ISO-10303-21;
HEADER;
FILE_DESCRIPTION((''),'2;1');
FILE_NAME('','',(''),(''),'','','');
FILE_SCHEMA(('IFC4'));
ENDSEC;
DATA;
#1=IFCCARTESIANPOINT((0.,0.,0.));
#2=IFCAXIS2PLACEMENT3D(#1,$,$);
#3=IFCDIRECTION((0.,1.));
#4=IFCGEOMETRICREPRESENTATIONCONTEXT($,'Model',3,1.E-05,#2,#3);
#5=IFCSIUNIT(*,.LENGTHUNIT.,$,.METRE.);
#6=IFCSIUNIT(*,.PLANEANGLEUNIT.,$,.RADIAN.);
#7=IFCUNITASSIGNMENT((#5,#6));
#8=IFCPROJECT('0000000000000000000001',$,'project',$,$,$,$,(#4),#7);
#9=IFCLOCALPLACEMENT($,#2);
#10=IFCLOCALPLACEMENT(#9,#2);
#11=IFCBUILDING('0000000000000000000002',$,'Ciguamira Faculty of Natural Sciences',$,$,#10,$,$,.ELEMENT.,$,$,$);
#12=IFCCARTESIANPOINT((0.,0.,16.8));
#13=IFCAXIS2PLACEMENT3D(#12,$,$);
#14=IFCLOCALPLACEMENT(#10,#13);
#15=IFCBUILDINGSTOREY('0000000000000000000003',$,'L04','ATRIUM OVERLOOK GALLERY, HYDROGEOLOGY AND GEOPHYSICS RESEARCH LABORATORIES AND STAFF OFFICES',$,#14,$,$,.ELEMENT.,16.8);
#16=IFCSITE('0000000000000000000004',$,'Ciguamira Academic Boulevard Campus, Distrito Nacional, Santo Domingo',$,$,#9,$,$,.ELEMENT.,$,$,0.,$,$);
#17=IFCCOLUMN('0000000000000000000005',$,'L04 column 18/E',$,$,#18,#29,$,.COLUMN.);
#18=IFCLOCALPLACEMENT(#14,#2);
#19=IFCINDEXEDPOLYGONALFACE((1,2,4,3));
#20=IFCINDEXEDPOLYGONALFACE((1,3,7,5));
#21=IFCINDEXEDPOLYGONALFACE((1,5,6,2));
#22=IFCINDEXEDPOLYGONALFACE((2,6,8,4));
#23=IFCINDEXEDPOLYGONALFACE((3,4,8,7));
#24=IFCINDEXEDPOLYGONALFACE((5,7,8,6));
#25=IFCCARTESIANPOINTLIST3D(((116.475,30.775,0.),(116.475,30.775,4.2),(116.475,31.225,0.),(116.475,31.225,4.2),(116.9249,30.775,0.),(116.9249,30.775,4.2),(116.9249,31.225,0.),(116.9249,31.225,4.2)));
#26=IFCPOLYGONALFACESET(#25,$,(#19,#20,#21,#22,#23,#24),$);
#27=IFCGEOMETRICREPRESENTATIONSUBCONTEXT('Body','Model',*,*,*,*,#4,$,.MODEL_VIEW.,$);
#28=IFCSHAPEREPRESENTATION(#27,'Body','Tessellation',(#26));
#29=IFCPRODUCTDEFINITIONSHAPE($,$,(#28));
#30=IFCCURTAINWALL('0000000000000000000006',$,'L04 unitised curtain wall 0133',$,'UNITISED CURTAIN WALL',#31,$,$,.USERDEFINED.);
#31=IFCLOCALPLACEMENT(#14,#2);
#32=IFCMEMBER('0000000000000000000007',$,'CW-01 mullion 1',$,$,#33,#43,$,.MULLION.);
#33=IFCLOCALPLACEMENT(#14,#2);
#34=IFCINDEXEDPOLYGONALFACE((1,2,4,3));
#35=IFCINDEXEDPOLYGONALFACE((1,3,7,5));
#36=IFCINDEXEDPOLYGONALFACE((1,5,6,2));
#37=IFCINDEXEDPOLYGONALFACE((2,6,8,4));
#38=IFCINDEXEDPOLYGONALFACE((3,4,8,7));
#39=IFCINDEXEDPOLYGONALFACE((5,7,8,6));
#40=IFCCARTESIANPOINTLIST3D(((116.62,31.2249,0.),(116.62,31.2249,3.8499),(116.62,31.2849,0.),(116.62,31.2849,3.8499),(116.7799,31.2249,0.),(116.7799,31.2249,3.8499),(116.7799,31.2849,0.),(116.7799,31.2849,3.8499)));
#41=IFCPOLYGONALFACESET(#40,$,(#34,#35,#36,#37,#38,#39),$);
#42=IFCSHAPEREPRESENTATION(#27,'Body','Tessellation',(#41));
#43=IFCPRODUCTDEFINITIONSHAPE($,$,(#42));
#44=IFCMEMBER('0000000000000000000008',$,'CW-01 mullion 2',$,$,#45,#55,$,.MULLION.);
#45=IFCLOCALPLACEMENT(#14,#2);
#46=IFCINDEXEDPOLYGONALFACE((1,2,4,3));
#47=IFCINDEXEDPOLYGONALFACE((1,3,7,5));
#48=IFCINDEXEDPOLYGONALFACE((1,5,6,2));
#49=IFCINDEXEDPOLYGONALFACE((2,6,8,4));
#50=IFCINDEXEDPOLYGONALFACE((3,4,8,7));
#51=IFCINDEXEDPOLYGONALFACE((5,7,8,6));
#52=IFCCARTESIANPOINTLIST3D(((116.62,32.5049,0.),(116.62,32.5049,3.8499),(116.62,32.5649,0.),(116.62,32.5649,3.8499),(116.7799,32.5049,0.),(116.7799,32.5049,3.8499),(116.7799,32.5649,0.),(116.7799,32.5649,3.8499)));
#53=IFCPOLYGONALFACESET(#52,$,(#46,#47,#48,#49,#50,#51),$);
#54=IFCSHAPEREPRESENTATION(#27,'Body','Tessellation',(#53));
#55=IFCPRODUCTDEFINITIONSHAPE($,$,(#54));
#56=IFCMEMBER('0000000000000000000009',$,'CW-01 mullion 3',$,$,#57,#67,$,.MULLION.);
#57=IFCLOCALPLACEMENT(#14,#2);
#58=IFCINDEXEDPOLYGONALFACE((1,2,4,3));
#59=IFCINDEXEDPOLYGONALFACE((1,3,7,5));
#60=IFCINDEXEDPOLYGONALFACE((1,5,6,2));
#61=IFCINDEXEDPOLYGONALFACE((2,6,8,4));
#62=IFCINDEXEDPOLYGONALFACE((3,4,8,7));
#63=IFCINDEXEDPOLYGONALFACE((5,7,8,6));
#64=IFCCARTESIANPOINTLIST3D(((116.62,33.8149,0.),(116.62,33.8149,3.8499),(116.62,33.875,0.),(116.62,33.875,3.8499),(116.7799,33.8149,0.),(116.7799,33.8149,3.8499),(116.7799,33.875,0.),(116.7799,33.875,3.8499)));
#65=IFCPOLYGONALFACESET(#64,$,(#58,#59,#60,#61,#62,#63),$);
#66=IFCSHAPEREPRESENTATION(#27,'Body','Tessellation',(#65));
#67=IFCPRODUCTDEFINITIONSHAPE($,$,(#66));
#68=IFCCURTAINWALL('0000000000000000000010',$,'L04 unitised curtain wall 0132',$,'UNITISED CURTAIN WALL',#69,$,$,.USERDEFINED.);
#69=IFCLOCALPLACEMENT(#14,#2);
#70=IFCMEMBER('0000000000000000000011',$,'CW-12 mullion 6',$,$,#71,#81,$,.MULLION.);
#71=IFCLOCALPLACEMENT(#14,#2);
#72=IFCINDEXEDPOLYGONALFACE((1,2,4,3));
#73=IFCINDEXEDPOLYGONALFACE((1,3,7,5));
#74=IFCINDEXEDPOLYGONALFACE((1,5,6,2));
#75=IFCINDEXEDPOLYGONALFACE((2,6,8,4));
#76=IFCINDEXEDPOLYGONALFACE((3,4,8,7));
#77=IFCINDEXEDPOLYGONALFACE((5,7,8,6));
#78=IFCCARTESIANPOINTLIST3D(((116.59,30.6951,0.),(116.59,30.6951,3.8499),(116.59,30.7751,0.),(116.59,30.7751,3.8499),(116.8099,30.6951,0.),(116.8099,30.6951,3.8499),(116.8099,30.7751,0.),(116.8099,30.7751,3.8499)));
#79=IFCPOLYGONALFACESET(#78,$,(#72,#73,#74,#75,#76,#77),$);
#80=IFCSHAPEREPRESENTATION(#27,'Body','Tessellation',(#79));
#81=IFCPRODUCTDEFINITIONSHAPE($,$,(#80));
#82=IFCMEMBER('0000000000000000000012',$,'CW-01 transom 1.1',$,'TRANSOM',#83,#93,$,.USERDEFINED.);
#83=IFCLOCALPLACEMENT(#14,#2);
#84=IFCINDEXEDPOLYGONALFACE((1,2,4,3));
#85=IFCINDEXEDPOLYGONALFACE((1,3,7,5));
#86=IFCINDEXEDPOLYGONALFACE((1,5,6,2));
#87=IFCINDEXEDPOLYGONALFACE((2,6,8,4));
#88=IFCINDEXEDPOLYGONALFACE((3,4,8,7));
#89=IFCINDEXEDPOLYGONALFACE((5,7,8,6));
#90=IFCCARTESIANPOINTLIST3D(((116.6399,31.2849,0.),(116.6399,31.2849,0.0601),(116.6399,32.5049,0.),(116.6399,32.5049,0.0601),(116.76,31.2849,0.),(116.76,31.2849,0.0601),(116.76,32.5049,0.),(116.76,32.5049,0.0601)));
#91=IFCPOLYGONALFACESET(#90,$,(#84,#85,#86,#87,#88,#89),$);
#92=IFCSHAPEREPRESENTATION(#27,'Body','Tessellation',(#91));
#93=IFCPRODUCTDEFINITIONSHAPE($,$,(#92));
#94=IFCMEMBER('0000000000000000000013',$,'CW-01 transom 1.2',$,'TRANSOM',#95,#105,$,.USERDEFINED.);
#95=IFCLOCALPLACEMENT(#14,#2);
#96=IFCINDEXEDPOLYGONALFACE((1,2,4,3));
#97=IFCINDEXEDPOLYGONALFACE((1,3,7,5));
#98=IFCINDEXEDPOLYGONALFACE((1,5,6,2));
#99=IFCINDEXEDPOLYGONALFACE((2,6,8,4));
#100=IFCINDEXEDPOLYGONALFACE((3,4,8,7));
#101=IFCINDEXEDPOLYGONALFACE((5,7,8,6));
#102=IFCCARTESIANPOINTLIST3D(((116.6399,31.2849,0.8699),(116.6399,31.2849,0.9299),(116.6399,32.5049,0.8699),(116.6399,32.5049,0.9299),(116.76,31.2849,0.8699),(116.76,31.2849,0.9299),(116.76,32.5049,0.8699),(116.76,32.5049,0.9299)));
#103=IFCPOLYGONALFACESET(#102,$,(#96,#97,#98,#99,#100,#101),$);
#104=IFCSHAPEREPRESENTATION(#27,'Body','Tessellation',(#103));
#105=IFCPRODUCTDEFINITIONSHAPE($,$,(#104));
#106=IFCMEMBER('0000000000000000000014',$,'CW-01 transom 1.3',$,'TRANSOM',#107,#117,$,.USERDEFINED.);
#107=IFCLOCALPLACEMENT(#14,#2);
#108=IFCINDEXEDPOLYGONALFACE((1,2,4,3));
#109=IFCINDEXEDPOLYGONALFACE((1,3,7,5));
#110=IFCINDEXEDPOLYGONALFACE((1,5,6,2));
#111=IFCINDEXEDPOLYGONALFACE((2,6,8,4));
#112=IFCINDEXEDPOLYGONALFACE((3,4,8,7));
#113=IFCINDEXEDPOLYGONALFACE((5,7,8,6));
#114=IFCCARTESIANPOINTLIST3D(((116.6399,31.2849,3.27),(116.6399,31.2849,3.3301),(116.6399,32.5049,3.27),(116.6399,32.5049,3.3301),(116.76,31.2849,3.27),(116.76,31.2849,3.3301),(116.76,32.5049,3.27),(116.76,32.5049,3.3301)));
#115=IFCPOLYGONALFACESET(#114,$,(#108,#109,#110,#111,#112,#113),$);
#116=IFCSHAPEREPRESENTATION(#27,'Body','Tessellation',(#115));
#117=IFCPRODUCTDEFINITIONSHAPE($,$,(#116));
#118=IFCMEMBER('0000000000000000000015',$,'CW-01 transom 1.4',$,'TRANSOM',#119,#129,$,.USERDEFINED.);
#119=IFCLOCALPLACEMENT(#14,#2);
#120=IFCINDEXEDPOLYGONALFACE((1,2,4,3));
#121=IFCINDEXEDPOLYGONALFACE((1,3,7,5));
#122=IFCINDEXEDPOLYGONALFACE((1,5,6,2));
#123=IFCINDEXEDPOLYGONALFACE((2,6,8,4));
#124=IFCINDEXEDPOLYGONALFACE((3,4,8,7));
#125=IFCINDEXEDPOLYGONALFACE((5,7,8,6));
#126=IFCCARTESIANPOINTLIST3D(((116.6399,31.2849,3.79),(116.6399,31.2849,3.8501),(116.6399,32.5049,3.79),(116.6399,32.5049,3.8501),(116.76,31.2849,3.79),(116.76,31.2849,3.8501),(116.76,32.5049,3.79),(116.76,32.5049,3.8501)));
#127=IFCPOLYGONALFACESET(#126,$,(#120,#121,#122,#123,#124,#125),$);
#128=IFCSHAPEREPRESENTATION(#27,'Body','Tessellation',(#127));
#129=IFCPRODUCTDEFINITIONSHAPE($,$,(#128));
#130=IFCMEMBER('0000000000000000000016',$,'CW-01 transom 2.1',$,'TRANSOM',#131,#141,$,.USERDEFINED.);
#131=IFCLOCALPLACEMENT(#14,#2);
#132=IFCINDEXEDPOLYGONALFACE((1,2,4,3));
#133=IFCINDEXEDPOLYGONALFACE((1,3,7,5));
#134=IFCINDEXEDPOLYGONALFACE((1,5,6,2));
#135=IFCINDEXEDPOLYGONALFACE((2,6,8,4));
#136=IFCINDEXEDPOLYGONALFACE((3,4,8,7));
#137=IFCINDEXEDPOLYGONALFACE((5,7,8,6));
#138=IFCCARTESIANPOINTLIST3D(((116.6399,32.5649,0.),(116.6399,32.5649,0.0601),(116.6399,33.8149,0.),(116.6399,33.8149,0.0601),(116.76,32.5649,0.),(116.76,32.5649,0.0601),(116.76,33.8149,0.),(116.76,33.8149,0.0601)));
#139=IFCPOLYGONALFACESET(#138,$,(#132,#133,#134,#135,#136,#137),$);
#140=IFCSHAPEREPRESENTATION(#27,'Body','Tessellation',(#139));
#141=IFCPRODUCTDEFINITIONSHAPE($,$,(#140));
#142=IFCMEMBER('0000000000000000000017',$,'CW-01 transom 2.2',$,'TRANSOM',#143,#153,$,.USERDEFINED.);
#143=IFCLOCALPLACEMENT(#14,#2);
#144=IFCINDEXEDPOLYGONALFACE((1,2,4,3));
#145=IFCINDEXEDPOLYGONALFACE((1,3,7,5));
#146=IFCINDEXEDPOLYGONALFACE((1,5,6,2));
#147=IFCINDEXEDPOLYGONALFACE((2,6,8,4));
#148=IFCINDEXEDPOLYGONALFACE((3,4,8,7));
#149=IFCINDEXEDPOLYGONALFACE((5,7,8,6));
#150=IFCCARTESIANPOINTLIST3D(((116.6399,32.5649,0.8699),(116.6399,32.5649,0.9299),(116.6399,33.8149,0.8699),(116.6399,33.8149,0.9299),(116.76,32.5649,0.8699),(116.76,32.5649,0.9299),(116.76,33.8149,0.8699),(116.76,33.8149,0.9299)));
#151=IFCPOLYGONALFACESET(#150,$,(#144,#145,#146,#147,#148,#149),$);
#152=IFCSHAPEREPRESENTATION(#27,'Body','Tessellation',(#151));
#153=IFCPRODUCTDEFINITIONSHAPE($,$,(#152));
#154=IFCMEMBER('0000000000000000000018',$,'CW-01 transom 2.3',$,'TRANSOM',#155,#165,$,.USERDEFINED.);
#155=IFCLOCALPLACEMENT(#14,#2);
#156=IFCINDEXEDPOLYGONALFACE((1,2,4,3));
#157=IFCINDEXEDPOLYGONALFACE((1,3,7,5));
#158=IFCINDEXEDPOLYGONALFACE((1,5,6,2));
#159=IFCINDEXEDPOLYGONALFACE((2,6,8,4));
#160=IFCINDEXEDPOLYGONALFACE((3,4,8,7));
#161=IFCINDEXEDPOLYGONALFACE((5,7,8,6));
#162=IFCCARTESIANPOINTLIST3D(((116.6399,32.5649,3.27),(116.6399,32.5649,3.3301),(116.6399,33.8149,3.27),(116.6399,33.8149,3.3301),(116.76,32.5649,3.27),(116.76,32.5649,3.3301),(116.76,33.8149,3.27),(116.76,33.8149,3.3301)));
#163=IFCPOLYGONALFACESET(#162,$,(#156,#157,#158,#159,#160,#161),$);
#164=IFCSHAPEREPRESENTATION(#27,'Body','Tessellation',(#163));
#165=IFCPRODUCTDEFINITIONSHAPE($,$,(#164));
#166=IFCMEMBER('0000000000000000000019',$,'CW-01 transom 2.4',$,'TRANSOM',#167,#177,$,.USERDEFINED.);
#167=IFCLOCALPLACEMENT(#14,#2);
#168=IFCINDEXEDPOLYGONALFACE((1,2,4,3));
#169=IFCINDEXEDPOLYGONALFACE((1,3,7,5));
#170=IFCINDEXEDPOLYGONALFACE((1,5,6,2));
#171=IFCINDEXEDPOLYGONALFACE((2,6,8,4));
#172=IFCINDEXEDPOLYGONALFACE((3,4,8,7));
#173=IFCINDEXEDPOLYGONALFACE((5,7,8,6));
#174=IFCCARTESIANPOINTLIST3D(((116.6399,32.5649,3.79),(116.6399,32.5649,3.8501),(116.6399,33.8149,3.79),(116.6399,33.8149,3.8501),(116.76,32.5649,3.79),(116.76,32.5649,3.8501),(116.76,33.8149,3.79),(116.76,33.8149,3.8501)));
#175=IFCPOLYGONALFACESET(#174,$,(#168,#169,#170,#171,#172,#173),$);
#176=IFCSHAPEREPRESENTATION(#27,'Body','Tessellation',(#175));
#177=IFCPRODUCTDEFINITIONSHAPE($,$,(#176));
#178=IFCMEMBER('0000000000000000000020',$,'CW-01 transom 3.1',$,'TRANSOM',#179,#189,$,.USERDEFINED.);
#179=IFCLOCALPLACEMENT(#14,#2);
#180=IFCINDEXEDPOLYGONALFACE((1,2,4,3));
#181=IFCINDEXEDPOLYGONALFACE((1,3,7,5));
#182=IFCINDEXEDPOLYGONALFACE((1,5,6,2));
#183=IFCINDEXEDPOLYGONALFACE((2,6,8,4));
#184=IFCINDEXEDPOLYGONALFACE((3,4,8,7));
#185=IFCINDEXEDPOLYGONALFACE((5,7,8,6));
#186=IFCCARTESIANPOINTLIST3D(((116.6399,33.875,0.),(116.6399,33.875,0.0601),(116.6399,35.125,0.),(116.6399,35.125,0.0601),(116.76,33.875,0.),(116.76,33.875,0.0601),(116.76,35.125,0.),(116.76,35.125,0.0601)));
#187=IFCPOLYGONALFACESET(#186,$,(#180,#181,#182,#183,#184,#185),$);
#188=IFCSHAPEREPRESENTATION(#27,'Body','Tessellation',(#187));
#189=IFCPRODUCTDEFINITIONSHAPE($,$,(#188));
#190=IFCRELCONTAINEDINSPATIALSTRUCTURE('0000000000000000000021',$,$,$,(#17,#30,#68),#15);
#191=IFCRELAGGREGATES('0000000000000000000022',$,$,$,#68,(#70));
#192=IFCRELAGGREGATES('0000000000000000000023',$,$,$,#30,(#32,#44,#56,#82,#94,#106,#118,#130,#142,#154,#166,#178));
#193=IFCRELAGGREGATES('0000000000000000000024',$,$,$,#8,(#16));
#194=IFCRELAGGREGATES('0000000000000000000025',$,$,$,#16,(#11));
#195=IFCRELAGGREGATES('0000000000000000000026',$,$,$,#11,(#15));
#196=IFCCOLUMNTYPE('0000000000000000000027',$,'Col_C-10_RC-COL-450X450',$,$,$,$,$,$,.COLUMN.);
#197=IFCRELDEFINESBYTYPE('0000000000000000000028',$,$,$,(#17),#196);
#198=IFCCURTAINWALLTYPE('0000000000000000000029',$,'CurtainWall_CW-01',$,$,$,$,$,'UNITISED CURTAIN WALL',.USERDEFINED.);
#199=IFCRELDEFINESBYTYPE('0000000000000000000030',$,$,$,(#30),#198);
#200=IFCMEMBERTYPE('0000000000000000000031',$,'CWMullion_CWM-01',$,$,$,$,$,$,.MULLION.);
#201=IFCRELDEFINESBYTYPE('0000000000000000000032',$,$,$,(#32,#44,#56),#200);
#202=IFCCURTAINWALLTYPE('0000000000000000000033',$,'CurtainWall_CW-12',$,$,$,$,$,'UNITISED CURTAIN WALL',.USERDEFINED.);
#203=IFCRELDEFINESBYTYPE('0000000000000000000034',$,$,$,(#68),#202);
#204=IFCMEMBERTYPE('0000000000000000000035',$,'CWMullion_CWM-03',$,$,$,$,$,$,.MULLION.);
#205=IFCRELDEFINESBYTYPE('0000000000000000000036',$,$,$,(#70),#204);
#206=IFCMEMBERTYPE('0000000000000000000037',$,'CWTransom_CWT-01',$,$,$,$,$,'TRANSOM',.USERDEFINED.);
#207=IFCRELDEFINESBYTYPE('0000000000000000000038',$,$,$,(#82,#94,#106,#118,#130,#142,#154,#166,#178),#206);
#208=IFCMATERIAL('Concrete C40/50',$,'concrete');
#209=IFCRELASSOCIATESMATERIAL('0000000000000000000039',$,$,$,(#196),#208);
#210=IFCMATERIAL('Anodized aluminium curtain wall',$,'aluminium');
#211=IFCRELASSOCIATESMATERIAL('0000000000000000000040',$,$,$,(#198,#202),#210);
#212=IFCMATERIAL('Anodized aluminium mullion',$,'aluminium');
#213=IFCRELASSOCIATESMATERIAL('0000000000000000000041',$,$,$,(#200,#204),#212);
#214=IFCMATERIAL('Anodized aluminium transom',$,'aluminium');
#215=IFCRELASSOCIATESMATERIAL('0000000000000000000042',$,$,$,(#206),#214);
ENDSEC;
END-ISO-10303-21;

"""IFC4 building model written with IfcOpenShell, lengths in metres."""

from ifc_helpers import new_model, si_unit, direction, frame, origin, origin_2d, place, context, subcontext, project, spatial, rectangle, extrude, material, material_profile, profile_set, type_object, element, aggregate, save


model = new_model("IFC4")

# Units and contexts
model_context = context("Model", 3, precision=1e-05, world=origin(), true_north=direction((0.0, 1.0)))
body_context = subcontext(model_context, "Body", "Model", "MODEL_VIEW")
ifc_project = project(units=[si_unit("LENGTHUNIT", "METRE"), si_unit("PLANEANGLEUNIT", "RADIAN")], contexts=[model_context])

# Site, building, storey
site_placement = place(None, origin())
site = spatial("IfcSite", under=ifc_project, at=site_placement, Name="Ciguamira Academic Boulevard Campus, Distrito Nacional, Santo Domingo", CompositionType="ELEMENT", RefElevation=0.0)
building_placement = place(site_placement, origin())
building = spatial("IfcBuilding", under=site, at=building_placement, Name="Ciguamira Faculty of Natural Sciences", CompositionType="ELEMENT")
storey_placement = place(building_placement, frame((0.0, 0.0, 16.8)))
storey = spatial("IfcBuildingStorey", under=building, at=storey_placement, Name="L04", Description="ATRIUM OVERLOOK GALLERY, HYDROGEOLOGY AND GEOPHYSICS RESEARCH LABORATORIES AND STAFF OFFICES", CompositionType="ELEMENT", Elevation=16.8)

# Column
ifc_material_1 = material(Name="Concrete C40/50", Category="concrete")
ifc_material_profile_1 = material_profile(ifc_material_1, rectangle(XDim=0.45, YDim=0.45, at=origin_2d()), Name="RC-COL-450X450")
ifc_profile_set_1 = profile_set([ifc_material_profile_1], Name="Concrete C40/50")
column_type = type_object("IfcColumnType", Name="Col_C-10_RC-COL-450X450", PredefinedType="COLUMN", material=ifc_profile_set_1)
column_placement = place(storey_placement, frame((116.7, 31.0, 0.0), z_axis=(0.0, 0.0, 1.0), x_axis=(1.0, 0.0, 0.0)))
element("IfcColumn", 1, at=column_placement, inside=storey, type_object=column_type, Name="L04 column 18/E", PredefinedType="COLUMN", context=body_context, shape_type="SweptSolid", body=[
    extrude(rectangle(XDim=0.45, YDim=0.45, at=origin_2d()), origin(), (0.0, 0.0, 1.0), 4.2),
])

# Curtain wall, members
ifc_material_2 = material(Name="Anodized aluminium curtain wall", Category="aluminium")
curtain_wall_type_1 = type_object("IfcCurtainWallType", Name="CurtainWall_CW-01", ElementType="UNITISED CURTAIN WALL", PredefinedType="USERDEFINED", material=ifc_material_2)
curtain_wall_1_placement = place(storey_placement, origin())
curtain_wall_1 = element("IfcCurtainWall", 2, at=curtain_wall_1_placement, inside=storey, type_object=curtain_wall_type_1, Name="L04 unitised curtain wall 0133", ObjectType="UNITISED CURTAIN WALL", PredefinedType="USERDEFINED")
ifc_material_3 = material(Name="Anodized aluminium mullion", Category="aluminium")
ifc_material_profile_2 = material_profile(ifc_material_3, rectangle(XDim=0.0601, YDim=0.1599, at=origin_2d()), Name="ALU-MUL-60X160")
ifc_profile_set_2 = profile_set([ifc_material_profile_2], Name="Anodized aluminium mullion")
member_type_1 = type_object("IfcMemberType", Name="CWMullion_CWM-01", PredefinedType="MULLION", material=ifc_profile_set_2)
member_1_placement = place(storey_placement, frame((116.7, 31.2549, 0.0), z_axis=(0.0, 0.0, 1.0), x_axis=(0.0, 1.0, 0.0)))
member_1 = element("IfcMember", 3, at=member_1_placement, type_object=member_type_1, Name="CW-01 mullion 1", PredefinedType="MULLION", context=body_context, shape_type="SweptSolid", body=[
    extrude(rectangle(XDim=0.0601, YDim=0.1599, at=origin_2d()), origin(), (0.0, 0.0, 1.0), 3.8499),
])
member_2_placement = place(storey_placement, frame((116.7, 32.5349, 0.0), z_axis=(0.0, 0.0, 1.0), x_axis=(0.0, 1.0, 0.0)))
member_2 = element("IfcMember", 4, at=member_2_placement, type_object=member_type_1, Name="CW-01 mullion 2", PredefinedType="MULLION", context=body_context, shape_type="SweptSolid", body=[
    extrude(rectangle(XDim=0.0601, YDim=0.1599, at=origin_2d()), origin(), (0.0, 0.0, 1.0), 3.8499),
])
member_3_placement = place(storey_placement, frame((116.7, 33.845, 0.0), z_axis=(0.0, 0.0, 1.0), x_axis=(0.0, 1.0, 0.0)))
member_3 = element("IfcMember", 5, at=member_3_placement, type_object=member_type_1, Name="CW-01 mullion 3", PredefinedType="MULLION", context=body_context, shape_type="SweptSolid", body=[
    extrude(rectangle(XDim=0.0601, YDim=0.1599, at=origin_2d()), origin(), (0.0, 0.0, 1.0), 3.8499),
])

# Curtain wall, member
curtain_wall_type_2 = type_object("IfcCurtainWallType", Name="CurtainWall_CW-12", ElementType="UNITISED CURTAIN WALL", PredefinedType="USERDEFINED", material=ifc_material_2)
curtain_wall_2_placement = place(storey_placement, origin())
curtain_wall_2 = element("IfcCurtainWall", 6, at=curtain_wall_2_placement, inside=storey, type_object=curtain_wall_type_2, Name="L04 unitised curtain wall 0132", ObjectType="UNITISED CURTAIN WALL", PredefinedType="USERDEFINED")
ifc_material_profile_3 = material_profile(ifc_material_3, rectangle(XDim=0.0801, YDim=0.22, at=origin_2d()), Name="ALU-MUL-80X220")
ifc_profile_set_3 = profile_set([ifc_material_profile_3], Name="Anodized aluminium mullion")
member_type_2 = type_object("IfcMemberType", Name="CWMullion_CWM-03", PredefinedType="MULLION", material=ifc_profile_set_3)
member_4_placement = place(storey_placement, frame((116.7, 30.7351, 0.0), z_axis=(0.0, 0.0, 1.0), x_axis=(0.0, 1.0, 0.0)))
member_4 = element("IfcMember", 7, at=member_4_placement, type_object=member_type_2, Name="CW-12 mullion 6", PredefinedType="MULLION", context=body_context, shape_type="SweptSolid", body=[
    extrude(rectangle(XDim=0.0801, YDim=0.22, at=origin_2d()), origin(), (0.0, 0.0, 1.0), 3.8499),
])
aggregate(curtain_wall_2, [member_4])

# Members
ifc_material_4 = material(Name="Anodized aluminium transom", Category="aluminium")
ifc_material_profile_4 = material_profile(ifc_material_4, rectangle(XDim=0.0601, YDim=0.1201, at=origin_2d()), Name="ALU-TRN-60X120")
ifc_profile_set_4 = profile_set([ifc_material_profile_4], Name="Anodized aluminium transom")
member_type_3 = type_object("IfcMemberType", Name="CWTransom_CWT-01", ElementType="TRANSOM", PredefinedType="USERDEFINED", material=ifc_profile_set_4)
member_5_placement = place(storey_placement, frame((116.7, 31.2849, 0.03), z_axis=(0.0, 1.0, 0.0), x_axis=(0.0, 0.0, 1.0)))
member_5 = element("IfcMember", 8, at=member_5_placement, type_object=member_type_3, Name="CW-01 transom 1.1", ObjectType="TRANSOM", PredefinedType="USERDEFINED", context=body_context, shape_type="SweptSolid", body=[
    extrude(rectangle(XDim=0.0601, YDim=0.1201, at=origin_2d()), origin(), (0.0, 0.0, 1.0), 1.22),
])
member_6_placement = place(storey_placement, frame((116.7, 31.2849, 0.8999), z_axis=(0.0, 1.0, 0.0), x_axis=(0.0, 0.0, 1.0)))
member_6 = element("IfcMember", 9, at=member_6_placement, type_object=member_type_3, Name="CW-01 transom 1.2", ObjectType="TRANSOM", PredefinedType="USERDEFINED", context=body_context, shape_type="SweptSolid", body=[
    extrude(rectangle(XDim=0.0601, YDim=0.1201, at=origin_2d()), origin(), (0.0, 0.0, 1.0), 1.22),
])
member_7_placement = place(storey_placement, frame((116.7, 31.2849, 3.3), z_axis=(0.0, 1.0, 0.0), x_axis=(0.0, 0.0, 1.0)))
member_7 = element("IfcMember", 10, at=member_7_placement, type_object=member_type_3, Name="CW-01 transom 1.3", ObjectType="TRANSOM", PredefinedType="USERDEFINED", context=body_context, shape_type="SweptSolid", body=[
    extrude(rectangle(XDim=0.0601, YDim=0.1201, at=origin_2d()), origin(), (0.0, 0.0, 1.0), 1.22),
])
member_8_placement = place(storey_placement, frame((116.7, 31.2849, 3.8201), z_axis=(0.0, 1.0, 0.0), x_axis=(0.0, 0.0, 1.0)))
member_8 = element("IfcMember", 11, at=member_8_placement, type_object=member_type_3, Name="CW-01 transom 1.4", ObjectType="TRANSOM", PredefinedType="USERDEFINED", context=body_context, shape_type="SweptSolid", body=[
    extrude(rectangle(XDim=0.0601, YDim=0.1201, at=origin_2d()), origin(), (0.0, 0.0, 1.0), 1.22),
])
member_9_placement = place(storey_placement, frame((116.7, 32.5649, 0.03), z_axis=(0.0, 1.0, 0.0), x_axis=(0.0, 0.0, 1.0)))
member_9 = element("IfcMember", 12, at=member_9_placement, type_object=member_type_3, Name="CW-01 transom 2.1", ObjectType="TRANSOM", PredefinedType="USERDEFINED", context=body_context, shape_type="SweptSolid", body=[
    extrude(rectangle(XDim=0.0601, YDim=0.1201, at=origin_2d()), origin(), (0.0, 0.0, 1.0), 1.25),
])
member_10_placement = place(storey_placement, frame((116.7, 32.5649, 0.8999), z_axis=(0.0, 1.0, 0.0), x_axis=(0.0, 0.0, 1.0)))
member_10 = element("IfcMember", 13, at=member_10_placement, type_object=member_type_3, Name="CW-01 transom 2.2", ObjectType="TRANSOM", PredefinedType="USERDEFINED", context=body_context, shape_type="SweptSolid", body=[
    extrude(rectangle(XDim=0.0601, YDim=0.1201, at=origin_2d()), origin(), (0.0, 0.0, 1.0), 1.25),
])
member_11_placement = place(storey_placement, frame((116.7, 32.5649, 3.3), z_axis=(0.0, 1.0, 0.0), x_axis=(0.0, 0.0, 1.0)))
member_11 = element("IfcMember", 14, at=member_11_placement, type_object=member_type_3, Name="CW-01 transom 2.3", ObjectType="TRANSOM", PredefinedType="USERDEFINED", context=body_context, shape_type="SweptSolid", body=[
    extrude(rectangle(XDim=0.0601, YDim=0.1201, at=origin_2d()), origin(), (0.0, 0.0, 1.0), 1.25),
])
member_12_placement = place(storey_placement, frame((116.7, 32.5649, 3.8201), z_axis=(0.0, 1.0, 0.0), x_axis=(0.0, 0.0, 1.0)))
member_12 = element("IfcMember", 15, at=member_12_placement, type_object=member_type_3, Name="CW-01 transom 2.4", ObjectType="TRANSOM", PredefinedType="USERDEFINED", context=body_context, shape_type="SweptSolid", body=[
    extrude(rectangle(XDim=0.0601, YDim=0.1201, at=origin_2d()), origin(), (0.0, 0.0, 1.0), 1.25),
])
member_13_placement = place(storey_placement, frame((116.7, 33.875, 0.03), z_axis=(0.0, 1.0, 0.0), x_axis=(0.0, 0.0, 1.0)))
member_13 = element("IfcMember", 16, at=member_13_placement, type_object=member_type_3, Name="CW-01 transom 3.1", ObjectType="TRANSOM", PredefinedType="USERDEFINED", context=body_context, shape_type="SweptSolid", body=[
    extrude(rectangle(XDim=0.0601, YDim=0.1201, at=origin_2d()), origin(), (0.0, 0.0, 1.0), 1.25),
])

aggregate(curtain_wall_1, [member_1, member_2, member_3, member_5, member_6, member_7, member_8, member_9, member_10, member_11, member_12, member_13])

save(model, "model.ifc")
